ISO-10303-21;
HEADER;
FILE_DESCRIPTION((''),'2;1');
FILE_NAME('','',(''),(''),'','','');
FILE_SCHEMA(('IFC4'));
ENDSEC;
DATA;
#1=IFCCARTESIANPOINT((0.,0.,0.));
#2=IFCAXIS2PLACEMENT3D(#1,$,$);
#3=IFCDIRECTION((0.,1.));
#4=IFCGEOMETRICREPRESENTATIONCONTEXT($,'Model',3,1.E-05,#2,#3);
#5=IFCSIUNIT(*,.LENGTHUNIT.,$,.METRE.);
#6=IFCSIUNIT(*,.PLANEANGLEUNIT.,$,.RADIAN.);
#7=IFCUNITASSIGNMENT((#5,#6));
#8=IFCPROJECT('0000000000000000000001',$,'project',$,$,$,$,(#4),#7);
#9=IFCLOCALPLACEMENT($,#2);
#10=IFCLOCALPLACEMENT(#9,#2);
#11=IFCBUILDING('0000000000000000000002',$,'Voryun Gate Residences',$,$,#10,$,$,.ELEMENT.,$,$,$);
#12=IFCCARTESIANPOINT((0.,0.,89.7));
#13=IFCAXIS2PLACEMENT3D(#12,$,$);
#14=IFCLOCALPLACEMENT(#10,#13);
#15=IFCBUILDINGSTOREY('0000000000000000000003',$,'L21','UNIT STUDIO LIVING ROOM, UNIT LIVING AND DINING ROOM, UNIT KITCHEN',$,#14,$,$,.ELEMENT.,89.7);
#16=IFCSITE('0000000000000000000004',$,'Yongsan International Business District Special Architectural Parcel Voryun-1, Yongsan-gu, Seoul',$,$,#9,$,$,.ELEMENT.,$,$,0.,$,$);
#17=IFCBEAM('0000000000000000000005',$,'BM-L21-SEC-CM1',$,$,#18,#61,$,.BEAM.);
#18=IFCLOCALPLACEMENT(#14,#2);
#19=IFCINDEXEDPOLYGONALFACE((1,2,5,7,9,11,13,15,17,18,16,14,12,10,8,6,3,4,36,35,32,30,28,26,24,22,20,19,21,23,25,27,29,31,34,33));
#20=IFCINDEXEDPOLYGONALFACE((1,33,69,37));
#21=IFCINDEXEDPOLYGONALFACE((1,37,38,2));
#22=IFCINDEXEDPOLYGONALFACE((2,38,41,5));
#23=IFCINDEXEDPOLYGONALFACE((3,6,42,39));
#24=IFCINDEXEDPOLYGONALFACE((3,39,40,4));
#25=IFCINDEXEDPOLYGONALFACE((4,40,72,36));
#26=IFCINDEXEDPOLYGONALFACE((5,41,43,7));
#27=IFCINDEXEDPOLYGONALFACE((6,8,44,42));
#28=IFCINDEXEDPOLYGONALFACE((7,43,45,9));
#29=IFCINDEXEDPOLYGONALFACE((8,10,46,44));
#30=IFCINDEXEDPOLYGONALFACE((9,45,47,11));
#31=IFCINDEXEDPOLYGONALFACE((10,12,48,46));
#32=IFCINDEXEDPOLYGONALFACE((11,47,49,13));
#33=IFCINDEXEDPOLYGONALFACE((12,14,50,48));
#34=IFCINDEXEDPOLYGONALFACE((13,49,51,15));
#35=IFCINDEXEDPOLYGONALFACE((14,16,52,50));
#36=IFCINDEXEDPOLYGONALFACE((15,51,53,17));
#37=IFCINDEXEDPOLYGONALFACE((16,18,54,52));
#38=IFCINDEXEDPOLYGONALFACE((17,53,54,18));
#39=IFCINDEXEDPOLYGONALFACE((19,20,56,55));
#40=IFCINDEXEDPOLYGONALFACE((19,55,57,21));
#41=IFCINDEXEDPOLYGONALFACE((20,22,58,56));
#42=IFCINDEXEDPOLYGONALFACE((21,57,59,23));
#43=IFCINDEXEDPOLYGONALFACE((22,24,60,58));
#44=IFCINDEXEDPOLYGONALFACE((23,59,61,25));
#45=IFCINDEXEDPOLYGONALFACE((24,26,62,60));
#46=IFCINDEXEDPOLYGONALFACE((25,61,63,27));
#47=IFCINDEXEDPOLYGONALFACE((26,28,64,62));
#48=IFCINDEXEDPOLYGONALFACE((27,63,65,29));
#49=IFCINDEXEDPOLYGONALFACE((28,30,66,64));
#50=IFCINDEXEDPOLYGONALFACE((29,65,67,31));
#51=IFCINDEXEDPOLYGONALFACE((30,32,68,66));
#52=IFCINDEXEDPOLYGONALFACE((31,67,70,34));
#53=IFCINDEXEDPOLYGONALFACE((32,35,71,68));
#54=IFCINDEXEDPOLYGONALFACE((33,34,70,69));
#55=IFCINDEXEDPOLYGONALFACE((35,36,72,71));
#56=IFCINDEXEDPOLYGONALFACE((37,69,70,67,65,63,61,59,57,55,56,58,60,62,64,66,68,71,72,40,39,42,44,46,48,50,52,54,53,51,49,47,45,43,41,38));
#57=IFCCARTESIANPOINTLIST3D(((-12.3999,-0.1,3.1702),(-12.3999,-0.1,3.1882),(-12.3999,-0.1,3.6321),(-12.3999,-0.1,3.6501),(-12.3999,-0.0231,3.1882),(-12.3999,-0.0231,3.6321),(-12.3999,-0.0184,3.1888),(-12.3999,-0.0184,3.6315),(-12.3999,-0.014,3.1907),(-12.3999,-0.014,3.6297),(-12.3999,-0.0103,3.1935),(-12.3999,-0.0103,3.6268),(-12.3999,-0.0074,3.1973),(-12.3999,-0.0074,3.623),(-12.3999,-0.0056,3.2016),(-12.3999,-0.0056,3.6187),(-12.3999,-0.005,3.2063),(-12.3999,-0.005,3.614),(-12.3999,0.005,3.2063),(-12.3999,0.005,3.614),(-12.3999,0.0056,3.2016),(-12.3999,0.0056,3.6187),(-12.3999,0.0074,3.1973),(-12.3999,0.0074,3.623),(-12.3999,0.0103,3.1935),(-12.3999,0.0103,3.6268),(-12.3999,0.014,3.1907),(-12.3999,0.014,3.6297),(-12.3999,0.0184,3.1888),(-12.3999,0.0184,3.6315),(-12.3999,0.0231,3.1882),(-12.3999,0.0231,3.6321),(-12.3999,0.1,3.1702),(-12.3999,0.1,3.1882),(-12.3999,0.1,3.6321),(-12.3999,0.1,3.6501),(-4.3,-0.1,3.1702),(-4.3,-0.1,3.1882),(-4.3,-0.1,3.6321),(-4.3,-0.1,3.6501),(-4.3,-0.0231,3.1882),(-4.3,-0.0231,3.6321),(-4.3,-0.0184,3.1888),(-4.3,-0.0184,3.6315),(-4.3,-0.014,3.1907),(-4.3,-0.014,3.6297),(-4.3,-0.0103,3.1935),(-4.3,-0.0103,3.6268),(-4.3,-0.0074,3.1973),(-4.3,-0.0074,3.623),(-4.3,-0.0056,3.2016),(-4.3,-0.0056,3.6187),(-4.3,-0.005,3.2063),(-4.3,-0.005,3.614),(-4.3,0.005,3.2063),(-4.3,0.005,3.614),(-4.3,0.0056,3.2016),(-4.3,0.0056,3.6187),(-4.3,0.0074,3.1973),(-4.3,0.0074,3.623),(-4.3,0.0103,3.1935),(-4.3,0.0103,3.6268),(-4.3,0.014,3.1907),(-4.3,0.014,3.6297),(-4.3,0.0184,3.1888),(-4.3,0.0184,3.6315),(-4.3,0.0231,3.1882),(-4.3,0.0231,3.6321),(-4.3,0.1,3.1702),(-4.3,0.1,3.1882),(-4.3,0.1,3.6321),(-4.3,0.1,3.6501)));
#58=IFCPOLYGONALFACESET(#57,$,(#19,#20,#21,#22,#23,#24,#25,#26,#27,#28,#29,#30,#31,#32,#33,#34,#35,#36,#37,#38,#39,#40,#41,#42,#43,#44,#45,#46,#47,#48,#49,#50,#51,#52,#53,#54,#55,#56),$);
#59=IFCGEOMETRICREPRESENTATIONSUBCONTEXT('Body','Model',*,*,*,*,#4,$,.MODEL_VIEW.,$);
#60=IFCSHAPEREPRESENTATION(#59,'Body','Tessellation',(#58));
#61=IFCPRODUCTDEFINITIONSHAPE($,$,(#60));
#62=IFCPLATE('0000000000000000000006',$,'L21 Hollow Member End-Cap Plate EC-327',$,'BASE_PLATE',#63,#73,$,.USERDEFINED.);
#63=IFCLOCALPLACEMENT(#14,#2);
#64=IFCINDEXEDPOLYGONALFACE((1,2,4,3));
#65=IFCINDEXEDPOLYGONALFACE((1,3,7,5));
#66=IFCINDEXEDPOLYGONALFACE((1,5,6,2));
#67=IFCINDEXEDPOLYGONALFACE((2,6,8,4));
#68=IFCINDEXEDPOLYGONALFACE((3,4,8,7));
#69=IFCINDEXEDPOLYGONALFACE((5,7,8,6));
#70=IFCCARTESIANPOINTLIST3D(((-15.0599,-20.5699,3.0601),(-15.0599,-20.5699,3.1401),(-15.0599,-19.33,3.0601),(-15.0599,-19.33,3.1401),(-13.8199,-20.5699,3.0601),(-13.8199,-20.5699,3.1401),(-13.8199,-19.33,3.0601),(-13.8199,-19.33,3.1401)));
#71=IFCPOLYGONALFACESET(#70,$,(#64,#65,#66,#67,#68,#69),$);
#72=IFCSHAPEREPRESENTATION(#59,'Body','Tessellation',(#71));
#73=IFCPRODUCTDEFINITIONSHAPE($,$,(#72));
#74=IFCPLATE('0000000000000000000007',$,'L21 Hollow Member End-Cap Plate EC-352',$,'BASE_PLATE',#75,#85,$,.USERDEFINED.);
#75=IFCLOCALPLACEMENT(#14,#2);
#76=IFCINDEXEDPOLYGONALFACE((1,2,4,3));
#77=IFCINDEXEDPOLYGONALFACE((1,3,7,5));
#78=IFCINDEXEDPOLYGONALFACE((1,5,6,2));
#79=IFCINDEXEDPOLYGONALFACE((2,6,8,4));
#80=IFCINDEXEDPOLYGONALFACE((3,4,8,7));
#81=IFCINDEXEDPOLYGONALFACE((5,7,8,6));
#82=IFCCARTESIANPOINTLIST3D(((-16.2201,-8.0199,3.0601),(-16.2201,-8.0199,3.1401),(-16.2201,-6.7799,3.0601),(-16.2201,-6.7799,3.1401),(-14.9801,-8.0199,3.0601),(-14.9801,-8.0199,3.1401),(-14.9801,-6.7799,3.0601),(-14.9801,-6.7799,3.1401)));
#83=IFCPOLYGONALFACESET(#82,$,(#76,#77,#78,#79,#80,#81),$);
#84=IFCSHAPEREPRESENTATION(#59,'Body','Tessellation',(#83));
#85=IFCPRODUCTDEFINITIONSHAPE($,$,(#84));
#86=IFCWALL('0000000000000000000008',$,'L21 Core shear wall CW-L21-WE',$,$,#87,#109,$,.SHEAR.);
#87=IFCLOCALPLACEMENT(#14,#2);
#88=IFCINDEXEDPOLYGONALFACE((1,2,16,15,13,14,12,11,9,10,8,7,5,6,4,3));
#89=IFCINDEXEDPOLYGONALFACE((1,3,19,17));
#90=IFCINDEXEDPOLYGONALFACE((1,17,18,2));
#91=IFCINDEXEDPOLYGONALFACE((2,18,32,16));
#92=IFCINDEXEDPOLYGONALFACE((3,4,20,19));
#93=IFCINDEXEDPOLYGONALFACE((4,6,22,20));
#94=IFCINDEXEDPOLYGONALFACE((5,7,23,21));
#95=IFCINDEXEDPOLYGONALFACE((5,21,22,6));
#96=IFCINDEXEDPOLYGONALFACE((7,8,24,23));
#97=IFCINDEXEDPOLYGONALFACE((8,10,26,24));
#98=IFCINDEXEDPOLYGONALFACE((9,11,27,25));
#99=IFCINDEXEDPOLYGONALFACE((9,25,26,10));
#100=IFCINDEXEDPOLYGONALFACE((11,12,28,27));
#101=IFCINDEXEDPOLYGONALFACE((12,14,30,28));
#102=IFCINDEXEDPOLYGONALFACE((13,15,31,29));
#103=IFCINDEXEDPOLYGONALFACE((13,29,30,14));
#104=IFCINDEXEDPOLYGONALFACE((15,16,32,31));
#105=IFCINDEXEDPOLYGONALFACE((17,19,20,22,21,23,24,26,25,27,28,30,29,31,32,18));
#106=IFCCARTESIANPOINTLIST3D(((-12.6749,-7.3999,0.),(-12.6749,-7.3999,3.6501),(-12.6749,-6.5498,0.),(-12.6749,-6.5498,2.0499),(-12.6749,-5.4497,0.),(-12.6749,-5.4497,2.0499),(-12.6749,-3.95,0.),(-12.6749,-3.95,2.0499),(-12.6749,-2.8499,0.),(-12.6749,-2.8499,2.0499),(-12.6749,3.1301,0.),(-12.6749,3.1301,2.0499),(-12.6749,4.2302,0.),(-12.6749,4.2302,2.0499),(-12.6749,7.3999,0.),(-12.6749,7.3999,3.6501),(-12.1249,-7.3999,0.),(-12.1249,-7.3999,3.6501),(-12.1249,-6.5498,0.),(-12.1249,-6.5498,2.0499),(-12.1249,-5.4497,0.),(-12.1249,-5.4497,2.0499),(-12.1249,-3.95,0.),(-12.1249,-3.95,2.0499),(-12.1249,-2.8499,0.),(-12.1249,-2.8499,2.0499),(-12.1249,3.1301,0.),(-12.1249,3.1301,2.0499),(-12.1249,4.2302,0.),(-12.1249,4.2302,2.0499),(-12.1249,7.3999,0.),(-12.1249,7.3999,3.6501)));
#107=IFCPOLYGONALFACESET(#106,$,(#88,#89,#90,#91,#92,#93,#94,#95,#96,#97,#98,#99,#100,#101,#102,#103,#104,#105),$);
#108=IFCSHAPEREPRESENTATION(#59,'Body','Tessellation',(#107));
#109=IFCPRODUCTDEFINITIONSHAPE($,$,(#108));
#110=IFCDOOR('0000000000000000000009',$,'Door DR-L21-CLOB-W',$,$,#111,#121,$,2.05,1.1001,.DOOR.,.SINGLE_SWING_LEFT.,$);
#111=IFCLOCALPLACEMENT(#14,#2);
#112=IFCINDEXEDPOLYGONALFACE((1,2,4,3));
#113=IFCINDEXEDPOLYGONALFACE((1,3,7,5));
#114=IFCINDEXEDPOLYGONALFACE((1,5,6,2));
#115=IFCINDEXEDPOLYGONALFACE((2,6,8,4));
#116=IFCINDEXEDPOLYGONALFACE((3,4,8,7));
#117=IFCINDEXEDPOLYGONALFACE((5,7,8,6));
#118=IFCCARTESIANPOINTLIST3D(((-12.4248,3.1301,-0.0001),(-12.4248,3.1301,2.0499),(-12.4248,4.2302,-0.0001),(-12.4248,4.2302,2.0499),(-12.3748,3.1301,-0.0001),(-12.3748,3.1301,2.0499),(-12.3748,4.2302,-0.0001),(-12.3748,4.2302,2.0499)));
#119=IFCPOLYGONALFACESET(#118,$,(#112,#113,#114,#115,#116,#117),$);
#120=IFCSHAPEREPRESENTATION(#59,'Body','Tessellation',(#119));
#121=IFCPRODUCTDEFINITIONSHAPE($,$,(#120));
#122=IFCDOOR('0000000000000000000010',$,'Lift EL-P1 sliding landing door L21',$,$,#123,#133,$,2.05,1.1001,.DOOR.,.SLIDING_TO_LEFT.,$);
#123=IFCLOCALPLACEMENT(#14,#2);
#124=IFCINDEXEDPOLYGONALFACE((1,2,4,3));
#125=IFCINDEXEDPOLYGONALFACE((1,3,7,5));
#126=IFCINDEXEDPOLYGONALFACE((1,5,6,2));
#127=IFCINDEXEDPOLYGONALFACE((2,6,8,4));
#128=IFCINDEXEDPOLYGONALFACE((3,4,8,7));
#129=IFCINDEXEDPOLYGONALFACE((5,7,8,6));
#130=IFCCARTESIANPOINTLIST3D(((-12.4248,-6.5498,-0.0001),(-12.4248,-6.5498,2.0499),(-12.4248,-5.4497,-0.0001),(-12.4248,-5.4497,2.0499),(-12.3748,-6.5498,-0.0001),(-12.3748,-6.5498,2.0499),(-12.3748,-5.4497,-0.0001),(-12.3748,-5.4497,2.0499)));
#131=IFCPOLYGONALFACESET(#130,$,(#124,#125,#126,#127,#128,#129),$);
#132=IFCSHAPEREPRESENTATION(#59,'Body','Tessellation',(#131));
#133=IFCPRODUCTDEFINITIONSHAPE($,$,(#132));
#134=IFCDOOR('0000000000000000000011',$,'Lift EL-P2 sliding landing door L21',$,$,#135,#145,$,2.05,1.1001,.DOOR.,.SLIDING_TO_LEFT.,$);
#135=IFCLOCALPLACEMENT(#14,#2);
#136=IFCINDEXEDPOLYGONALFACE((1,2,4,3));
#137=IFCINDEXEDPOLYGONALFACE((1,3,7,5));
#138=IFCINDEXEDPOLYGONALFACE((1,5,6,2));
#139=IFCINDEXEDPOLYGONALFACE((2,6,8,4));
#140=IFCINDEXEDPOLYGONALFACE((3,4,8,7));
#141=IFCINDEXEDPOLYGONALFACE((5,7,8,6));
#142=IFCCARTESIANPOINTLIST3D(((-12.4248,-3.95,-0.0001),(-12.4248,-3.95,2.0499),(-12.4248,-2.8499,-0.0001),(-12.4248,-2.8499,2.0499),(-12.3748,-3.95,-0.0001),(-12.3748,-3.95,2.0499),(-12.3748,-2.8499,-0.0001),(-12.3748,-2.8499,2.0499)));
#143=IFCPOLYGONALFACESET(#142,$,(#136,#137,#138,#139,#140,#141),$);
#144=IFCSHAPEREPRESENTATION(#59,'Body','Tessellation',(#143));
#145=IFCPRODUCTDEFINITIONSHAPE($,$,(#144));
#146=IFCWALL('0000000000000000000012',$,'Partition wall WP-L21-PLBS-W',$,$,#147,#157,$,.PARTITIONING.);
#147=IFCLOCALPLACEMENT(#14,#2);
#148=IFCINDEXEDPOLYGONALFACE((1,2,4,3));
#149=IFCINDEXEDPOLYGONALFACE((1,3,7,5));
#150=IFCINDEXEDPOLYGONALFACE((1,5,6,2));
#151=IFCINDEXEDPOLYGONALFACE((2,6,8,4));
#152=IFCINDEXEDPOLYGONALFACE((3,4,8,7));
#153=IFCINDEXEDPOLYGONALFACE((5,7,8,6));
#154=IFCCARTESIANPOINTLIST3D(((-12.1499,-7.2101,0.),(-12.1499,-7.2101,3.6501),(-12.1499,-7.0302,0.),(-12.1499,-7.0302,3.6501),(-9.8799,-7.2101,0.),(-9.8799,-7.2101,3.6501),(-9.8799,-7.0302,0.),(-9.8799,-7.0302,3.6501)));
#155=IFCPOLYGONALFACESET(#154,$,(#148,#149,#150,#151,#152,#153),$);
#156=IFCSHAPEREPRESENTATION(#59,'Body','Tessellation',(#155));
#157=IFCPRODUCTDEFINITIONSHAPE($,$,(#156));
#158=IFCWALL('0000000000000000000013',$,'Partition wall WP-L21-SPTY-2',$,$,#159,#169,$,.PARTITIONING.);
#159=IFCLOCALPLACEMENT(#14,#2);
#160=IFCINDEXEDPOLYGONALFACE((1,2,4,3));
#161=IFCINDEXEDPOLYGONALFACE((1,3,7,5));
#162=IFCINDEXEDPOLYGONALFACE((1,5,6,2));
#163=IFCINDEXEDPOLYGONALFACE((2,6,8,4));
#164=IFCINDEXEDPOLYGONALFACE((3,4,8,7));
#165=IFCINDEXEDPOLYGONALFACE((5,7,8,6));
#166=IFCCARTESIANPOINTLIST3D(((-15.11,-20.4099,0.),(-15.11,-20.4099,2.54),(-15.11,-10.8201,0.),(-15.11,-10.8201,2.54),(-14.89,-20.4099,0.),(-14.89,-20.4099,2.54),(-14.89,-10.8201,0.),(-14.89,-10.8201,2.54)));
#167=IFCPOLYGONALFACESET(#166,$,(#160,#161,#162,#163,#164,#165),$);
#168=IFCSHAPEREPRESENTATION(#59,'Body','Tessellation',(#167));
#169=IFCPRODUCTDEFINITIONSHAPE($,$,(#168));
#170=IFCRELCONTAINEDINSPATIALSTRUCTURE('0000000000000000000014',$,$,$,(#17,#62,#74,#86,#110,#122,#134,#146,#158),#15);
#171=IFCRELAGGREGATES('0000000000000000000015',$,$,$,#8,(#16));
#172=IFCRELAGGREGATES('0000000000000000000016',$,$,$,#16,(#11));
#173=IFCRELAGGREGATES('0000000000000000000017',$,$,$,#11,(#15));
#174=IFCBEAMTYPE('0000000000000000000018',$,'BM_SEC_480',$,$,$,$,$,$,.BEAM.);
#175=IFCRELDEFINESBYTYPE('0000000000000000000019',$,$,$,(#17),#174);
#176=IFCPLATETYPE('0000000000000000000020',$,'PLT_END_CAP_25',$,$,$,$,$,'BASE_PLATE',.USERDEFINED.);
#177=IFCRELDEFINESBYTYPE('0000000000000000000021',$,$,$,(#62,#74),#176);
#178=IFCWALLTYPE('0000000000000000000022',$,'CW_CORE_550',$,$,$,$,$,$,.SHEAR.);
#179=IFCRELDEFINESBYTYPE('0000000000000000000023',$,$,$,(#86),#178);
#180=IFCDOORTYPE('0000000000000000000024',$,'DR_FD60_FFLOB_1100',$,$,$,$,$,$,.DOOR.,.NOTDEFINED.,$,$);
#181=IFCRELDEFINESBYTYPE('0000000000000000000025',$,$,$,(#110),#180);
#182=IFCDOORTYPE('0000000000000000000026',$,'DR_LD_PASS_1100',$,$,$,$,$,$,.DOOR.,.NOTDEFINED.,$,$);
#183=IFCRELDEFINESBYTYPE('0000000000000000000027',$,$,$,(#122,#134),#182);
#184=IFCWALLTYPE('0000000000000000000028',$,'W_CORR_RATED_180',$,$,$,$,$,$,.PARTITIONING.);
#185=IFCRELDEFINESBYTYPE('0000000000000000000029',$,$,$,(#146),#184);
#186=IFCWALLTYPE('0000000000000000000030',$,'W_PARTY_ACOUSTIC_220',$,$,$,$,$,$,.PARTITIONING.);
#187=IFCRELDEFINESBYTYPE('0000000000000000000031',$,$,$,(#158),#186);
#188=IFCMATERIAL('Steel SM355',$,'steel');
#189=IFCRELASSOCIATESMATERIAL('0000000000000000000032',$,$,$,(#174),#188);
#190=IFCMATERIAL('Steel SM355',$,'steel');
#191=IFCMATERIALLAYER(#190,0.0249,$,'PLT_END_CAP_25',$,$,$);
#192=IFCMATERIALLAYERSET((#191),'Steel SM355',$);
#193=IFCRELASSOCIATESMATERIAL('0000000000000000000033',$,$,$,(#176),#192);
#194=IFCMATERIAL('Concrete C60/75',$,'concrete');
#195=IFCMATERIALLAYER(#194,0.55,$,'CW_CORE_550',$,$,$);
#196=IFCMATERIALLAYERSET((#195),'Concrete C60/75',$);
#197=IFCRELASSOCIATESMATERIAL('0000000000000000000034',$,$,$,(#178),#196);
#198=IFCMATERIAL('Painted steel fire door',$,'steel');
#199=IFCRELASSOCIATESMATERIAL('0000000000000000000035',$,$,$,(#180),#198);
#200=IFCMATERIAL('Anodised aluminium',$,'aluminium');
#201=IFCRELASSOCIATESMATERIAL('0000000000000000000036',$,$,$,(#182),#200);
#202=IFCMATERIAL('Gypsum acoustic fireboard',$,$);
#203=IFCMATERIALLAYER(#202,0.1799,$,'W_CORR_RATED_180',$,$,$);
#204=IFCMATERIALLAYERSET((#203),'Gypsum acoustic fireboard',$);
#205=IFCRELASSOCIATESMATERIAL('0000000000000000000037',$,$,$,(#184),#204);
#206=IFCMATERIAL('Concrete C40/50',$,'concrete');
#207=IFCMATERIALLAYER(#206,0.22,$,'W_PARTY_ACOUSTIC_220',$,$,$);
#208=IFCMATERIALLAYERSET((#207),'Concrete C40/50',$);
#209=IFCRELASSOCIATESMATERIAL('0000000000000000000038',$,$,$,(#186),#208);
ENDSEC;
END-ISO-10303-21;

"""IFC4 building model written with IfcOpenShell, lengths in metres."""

from ifc_helpers import new_model, si_unit, direction, frame, frame_2d, origin, origin_2d, place, context, subcontext, project, spatial, rectangle, i_section, extrude, material, layer, layer_set, material_profile, profile_set, type_object, element, fill, save


model = new_model("IFC4")

# Units and contexts
model_context = context("Model", 3, precision=1e-05, world=origin(), true_north=direction((0.0, 1.0)))
body_context = subcontext(model_context, "Body", "Model", "MODEL_VIEW")
ifc_project = project(units=[si_unit("LENGTHUNIT", "METRE"), si_unit("PLANEANGLEUNIT", "RADIAN")], contexts=[model_context])

# Site, building, storey
site_placement = place(None, origin())
site = spatial("IfcSite", under=ifc_project, at=site_placement, Name="Yongsan International Business District Special Architectural Parcel Voryun-1, Yongsan-gu, Seoul", CompositionType="ELEMENT", RefElevation=0.0)
building_placement = place(site_placement, origin())
building = spatial("IfcBuilding", under=site, at=building_placement, Name="Voryun Gate Residences", CompositionType="ELEMENT")
storey_placement = place(building_placement, frame((0.0, 0.0, 89.7)))
storey = spatial("IfcBuildingStorey", under=building, at=storey_placement, Name="L21", Description="UNIT STUDIO LIVING ROOM, UNIT LIVING AND DINING ROOM, UNIT KITCHEN", CompositionType="ELEMENT", Elevation=89.7)

# Beam
ifc_material_1 = material(Name="Steel SM355", Category="steel")
ifc_material_profile_1 = material_profile(ifc_material_1, i_section(OverallWidth=0.2, OverallDepth=0.48, WebThickness=0.01, FlangeThickness=0.0181, FilletRadius=0.0181, at=origin_2d()), Name="H-480x200x10x18")
ifc_profile_set_1 = profile_set([ifc_material_profile_1], Name="Steel SM355")
beam_type_1 = type_object("IfcBeamType", Name="BM_SEC_480", PredefinedType="BEAM", material=ifc_profile_set_1)
for number, where, z_axis, x_axis, name in (
    (1, (-12.3999, 0.0, 3.4102), (1.0, 0.0, 0.0), (0.0, 1.0, 0.0), "BM-L21-SEC-CM1"),
):
    element("IfcBeam", number, at=place(storey_placement, frame(where, z_axis=z_axis, x_axis=x_axis)), inside=storey, type_object=beam_type_1, Name=name, PredefinedType="BEAM", context=body_context, shape_type="SweptSolid", body=[
        extrude(i_section(OverallWidth=0.2, OverallDepth=0.48, WebThickness=0.01, FlangeThickness=0.0181, FilletRadius=0.0181, at=origin_2d()), origin(), (0.0, 0.0, 1.0), 8.0999),
    ])

# Plates
ifc_material_2 = material(Name="Steel SM355", Category="steel")
ifc_layer_1 = layer(ifc_material_2, 0.0249, Name="PLT_END_CAP_25")
ifc_layer_set_1 = layer_set([ifc_layer_1], Name="Steel SM355")
plate_type = type_object("IfcPlateType", Name="PLT_END_CAP_25", ElementType="BASE_PLATE", PredefinedType="USERDEFINED", material=ifc_layer_set_1)
for number, where, z_axis, x_axis, name in (
    (2, (-14.4399, -19.95, 3.0601), (0.0, 0.0, 1.0), (1.0, 0.0, 0.0), "L21 Hollow Member End-Cap Plate EC-327"),
    (3, (-15.6001, -7.3999, 3.0601), (0.0, 0.0, 1.0), (1.0, 0.0, 0.0), "L21 Hollow Member End-Cap Plate EC-352"),
):
    element("IfcPlate", number, at=place(storey_placement, frame(where, z_axis=z_axis, x_axis=x_axis)), inside=storey, type_object=plate_type, Name=name, ObjectType="BASE_PLATE", PredefinedType="USERDEFINED", context=body_context, shape_type="SweptSolid", body=[
        extrude(rectangle(XDim=1.24, YDim=1.24, at=origin_2d()), origin(), (0.0, 0.0, 1.0), 0.0801),
    ])

# Wall, openings, doors
ifc_material_3 = material(Name="Concrete C60/75", Category="concrete")
ifc_layer_2 = layer(ifc_material_3, 0.55, Name="CW_CORE_550")
ifc_layer_set_2 = layer_set([ifc_layer_2], Name="Concrete C60/75")
wall_type_1 = type_object("IfcWallType", Name="CW_CORE_550", PredefinedType="SHEAR", material=ifc_layer_set_2)
wall_1_placement = place(storey_placement, frame((-12.3999, -7.3999, 0.0), z_axis=(0.0, 0.0, 1.0), x_axis=(0.0, 1.0, 0.0)))
wall_1 = element("IfcWall", 4, at=wall_1_placement, inside=storey, type_object=wall_type_1, Name="L21 Core shear wall CW-L21-WE", PredefinedType="SHEAR", context=body_context, shape_type="SweptSolid", body=[
    extrude(rectangle(XDim=14.7998, YDim=0.55, at=frame_2d((7.3999, 0.0))), origin(), (0.0, 0.0, 1.0), 3.6501),
])
opening_1_placement = place(wall_1_placement, frame((0.8501, 0.0, 0.0)))
opening_1 = element("IfcOpeningElement", 5, at=opening_1_placement, cuts=wall_1, PredefinedType="OPENING", context=body_context, shape_type="SweptSolid", body=[
    extrude(rectangle(XDim=1.1001, YDim=2.05, at=frame_2d((0.55, 1.0249))), frame((0.0, 0.2849, 0.0), z_axis=(0.0, -1.0, 0.0), x_axis=(1.0, 0.0, 0.0)), (0.0, 0.0, 1.0), 0.5701),
])
opening_2_placement = place(wall_1_placement, frame((3.45, 0.0, 0.0)))
opening_2 = element("IfcOpeningElement", 6, at=opening_2_placement, cuts=wall_1, PredefinedType="OPENING", context=body_context, shape_type="SweptSolid", body=[
    extrude(rectangle(XDim=1.1001, YDim=2.05, at=frame_2d((0.55, 1.0249))), frame((0.0, 0.2849, 0.0), z_axis=(0.0, -1.0, 0.0), x_axis=(1.0, 0.0, 0.0)), (0.0, 0.0, 1.0), 0.5701),
])
opening_3_placement = place(wall_1_placement, frame((10.53, 0.0, 0.0)))
opening_3 = element("IfcOpeningElement", 7, at=opening_3_placement, cuts=wall_1, PredefinedType="OPENING", context=body_context, shape_type="SweptSolid", body=[
    extrude(rectangle(XDim=1.1001, YDim=2.05, at=frame_2d((0.55, 1.0249))), frame((0.0, 0.2849, 0.0), z_axis=(0.0, -1.0, 0.0), x_axis=(1.0, 0.0, 0.0)), (0.0, 0.0, 1.0), 0.5701),
])
ifc_material_4 = material(Name="Painted steel fire door", Category="steel")
door_type_1 = type_object("IfcDoorType", Name="DR_FD60_FFLOB_1100", OperationType="NOTDEFINED", PredefinedType="DOOR", material=ifc_material_4)
door_1_placement = place(opening_3_placement, origin())
door_1 = element("IfcDoor", 8, at=door_1_placement, inside=storey, type_object=door_type_1, Name="Door DR-L21-CLOB-W", OperationType="SINGLE_SWING_LEFT", OverallHeight=2.05, OverallWidth=1.1001, PredefinedType="DOOR", context=body_context, shape_type="SweptSolid", body=[
    extrude(rectangle(XDim=1.1001, YDim=2.05, at=frame_2d((0.55, 1.0249))), frame((0.0, 0.0249, 0.0), z_axis=(0.0, -1.0, 0.0), x_axis=(1.0, 0.0, 0.0)), (0.0, 0.0, 1.0), 0.05),
])
fill(opening_3, door_1)
ifc_material_5 = material(Name="Anodised aluminium", Category="aluminium")
door_type_2 = type_object("IfcDoorType", Name="DR_LD_PASS_1100", OperationType="NOTDEFINED", PredefinedType="DOOR", material=ifc_material_5)
door_2_placement = place(opening_1_placement, origin())
door_2 = element("IfcDoor", 9, at=door_2_placement, inside=storey, type_object=door_type_2, Name="Lift EL-P1 sliding landing door L21", OperationType="SLIDING_TO_LEFT", OverallHeight=2.05, OverallWidth=1.1001, PredefinedType="DOOR", context=body_context, shape_type="SweptSolid", body=[
    extrude(rectangle(XDim=1.1001, YDim=2.05, at=frame_2d((0.55, 1.0249))), frame((0.0, 0.0249, 0.0), z_axis=(0.0, -1.0, 0.0), x_axis=(1.0, 0.0, 0.0)), (0.0, 0.0, 1.0), 0.05),
])
fill(opening_1, door_2)
door_3_placement = place(opening_2_placement, origin())
door_3 = element("IfcDoor", 10, at=door_3_placement, inside=storey, type_object=door_type_2, Name="Lift EL-P2 sliding landing door L21", OperationType="SLIDING_TO_LEFT", OverallHeight=2.05, OverallWidth=1.1001, PredefinedType="DOOR", context=body_context, shape_type="SweptSolid", body=[
    extrude(rectangle(XDim=1.1001, YDim=2.05, at=frame_2d((0.55, 1.0249))), frame((0.0, 0.0249, 0.0), z_axis=(0.0, -1.0, 0.0), x_axis=(1.0, 0.0, 0.0)), (0.0, 0.0, 1.0), 0.05),
])
fill(opening_2, door_3)

# Walls
ifc_material_6 = material(Name="Gypsum acoustic fireboard")
ifc_layer_3 = layer(ifc_material_6, 0.1799, Name="W_CORR_RATED_180")
ifc_layer_set_3 = layer_set([ifc_layer_3], Name="Gypsum acoustic fireboard")
wall_type_2 = type_object("IfcWallType", Name="W_CORR_RATED_180", PredefinedType="PARTITIONING", material=ifc_layer_set_3)
wall_2_placement = place(storey_placement, frame((-12.1499, -7.1201, 0.0), z_axis=(0.0, 0.0, 1.0), x_axis=(1.0, 0.0, 0.0)))
element("IfcWall", 11, at=wall_2_placement, inside=storey, type_object=wall_type_2, Name="Partition wall WP-L21-PLBS-W", PredefinedType="PARTITIONING", context=body_context, shape_type="SweptSolid", body=[
    extrude(rectangle(XDim=2.27, YDim=0.1799, at=frame_2d((1.135, 0.0))), origin(), (0.0, 0.0, 1.0), 3.6501),
])
ifc_material_7 = material(Name="Concrete C40/50", Category="concrete")
ifc_layer_4 = layer(ifc_material_7, 0.22, Name="W_PARTY_ACOUSTIC_220")
ifc_layer_set_4 = layer_set([ifc_layer_4], Name="Concrete C40/50")
wall_type_3 = type_object("IfcWallType", Name="W_PARTY_ACOUSTIC_220", PredefinedType="PARTITIONING", material=ifc_layer_set_4)
wall_3_placement = place(storey_placement, frame((-15.0, -20.4099, 0.0), z_axis=(0.0, 0.0, 1.0), x_axis=(0.0, 1.0, 0.0)))
element("IfcWall", 12, at=wall_3_placement, inside=storey, type_object=wall_type_3, Name="Partition wall WP-L21-SPTY-2", PredefinedType="PARTITIONING", context=body_context, shape_type="SweptSolid", body=[
    extrude(rectangle(XDim=9.5898, YDim=0.22, at=frame_2d((4.7949, 0.0))), origin(), (0.0, 0.0, 1.0), 2.54),
])

save(model, "model.ifc")
